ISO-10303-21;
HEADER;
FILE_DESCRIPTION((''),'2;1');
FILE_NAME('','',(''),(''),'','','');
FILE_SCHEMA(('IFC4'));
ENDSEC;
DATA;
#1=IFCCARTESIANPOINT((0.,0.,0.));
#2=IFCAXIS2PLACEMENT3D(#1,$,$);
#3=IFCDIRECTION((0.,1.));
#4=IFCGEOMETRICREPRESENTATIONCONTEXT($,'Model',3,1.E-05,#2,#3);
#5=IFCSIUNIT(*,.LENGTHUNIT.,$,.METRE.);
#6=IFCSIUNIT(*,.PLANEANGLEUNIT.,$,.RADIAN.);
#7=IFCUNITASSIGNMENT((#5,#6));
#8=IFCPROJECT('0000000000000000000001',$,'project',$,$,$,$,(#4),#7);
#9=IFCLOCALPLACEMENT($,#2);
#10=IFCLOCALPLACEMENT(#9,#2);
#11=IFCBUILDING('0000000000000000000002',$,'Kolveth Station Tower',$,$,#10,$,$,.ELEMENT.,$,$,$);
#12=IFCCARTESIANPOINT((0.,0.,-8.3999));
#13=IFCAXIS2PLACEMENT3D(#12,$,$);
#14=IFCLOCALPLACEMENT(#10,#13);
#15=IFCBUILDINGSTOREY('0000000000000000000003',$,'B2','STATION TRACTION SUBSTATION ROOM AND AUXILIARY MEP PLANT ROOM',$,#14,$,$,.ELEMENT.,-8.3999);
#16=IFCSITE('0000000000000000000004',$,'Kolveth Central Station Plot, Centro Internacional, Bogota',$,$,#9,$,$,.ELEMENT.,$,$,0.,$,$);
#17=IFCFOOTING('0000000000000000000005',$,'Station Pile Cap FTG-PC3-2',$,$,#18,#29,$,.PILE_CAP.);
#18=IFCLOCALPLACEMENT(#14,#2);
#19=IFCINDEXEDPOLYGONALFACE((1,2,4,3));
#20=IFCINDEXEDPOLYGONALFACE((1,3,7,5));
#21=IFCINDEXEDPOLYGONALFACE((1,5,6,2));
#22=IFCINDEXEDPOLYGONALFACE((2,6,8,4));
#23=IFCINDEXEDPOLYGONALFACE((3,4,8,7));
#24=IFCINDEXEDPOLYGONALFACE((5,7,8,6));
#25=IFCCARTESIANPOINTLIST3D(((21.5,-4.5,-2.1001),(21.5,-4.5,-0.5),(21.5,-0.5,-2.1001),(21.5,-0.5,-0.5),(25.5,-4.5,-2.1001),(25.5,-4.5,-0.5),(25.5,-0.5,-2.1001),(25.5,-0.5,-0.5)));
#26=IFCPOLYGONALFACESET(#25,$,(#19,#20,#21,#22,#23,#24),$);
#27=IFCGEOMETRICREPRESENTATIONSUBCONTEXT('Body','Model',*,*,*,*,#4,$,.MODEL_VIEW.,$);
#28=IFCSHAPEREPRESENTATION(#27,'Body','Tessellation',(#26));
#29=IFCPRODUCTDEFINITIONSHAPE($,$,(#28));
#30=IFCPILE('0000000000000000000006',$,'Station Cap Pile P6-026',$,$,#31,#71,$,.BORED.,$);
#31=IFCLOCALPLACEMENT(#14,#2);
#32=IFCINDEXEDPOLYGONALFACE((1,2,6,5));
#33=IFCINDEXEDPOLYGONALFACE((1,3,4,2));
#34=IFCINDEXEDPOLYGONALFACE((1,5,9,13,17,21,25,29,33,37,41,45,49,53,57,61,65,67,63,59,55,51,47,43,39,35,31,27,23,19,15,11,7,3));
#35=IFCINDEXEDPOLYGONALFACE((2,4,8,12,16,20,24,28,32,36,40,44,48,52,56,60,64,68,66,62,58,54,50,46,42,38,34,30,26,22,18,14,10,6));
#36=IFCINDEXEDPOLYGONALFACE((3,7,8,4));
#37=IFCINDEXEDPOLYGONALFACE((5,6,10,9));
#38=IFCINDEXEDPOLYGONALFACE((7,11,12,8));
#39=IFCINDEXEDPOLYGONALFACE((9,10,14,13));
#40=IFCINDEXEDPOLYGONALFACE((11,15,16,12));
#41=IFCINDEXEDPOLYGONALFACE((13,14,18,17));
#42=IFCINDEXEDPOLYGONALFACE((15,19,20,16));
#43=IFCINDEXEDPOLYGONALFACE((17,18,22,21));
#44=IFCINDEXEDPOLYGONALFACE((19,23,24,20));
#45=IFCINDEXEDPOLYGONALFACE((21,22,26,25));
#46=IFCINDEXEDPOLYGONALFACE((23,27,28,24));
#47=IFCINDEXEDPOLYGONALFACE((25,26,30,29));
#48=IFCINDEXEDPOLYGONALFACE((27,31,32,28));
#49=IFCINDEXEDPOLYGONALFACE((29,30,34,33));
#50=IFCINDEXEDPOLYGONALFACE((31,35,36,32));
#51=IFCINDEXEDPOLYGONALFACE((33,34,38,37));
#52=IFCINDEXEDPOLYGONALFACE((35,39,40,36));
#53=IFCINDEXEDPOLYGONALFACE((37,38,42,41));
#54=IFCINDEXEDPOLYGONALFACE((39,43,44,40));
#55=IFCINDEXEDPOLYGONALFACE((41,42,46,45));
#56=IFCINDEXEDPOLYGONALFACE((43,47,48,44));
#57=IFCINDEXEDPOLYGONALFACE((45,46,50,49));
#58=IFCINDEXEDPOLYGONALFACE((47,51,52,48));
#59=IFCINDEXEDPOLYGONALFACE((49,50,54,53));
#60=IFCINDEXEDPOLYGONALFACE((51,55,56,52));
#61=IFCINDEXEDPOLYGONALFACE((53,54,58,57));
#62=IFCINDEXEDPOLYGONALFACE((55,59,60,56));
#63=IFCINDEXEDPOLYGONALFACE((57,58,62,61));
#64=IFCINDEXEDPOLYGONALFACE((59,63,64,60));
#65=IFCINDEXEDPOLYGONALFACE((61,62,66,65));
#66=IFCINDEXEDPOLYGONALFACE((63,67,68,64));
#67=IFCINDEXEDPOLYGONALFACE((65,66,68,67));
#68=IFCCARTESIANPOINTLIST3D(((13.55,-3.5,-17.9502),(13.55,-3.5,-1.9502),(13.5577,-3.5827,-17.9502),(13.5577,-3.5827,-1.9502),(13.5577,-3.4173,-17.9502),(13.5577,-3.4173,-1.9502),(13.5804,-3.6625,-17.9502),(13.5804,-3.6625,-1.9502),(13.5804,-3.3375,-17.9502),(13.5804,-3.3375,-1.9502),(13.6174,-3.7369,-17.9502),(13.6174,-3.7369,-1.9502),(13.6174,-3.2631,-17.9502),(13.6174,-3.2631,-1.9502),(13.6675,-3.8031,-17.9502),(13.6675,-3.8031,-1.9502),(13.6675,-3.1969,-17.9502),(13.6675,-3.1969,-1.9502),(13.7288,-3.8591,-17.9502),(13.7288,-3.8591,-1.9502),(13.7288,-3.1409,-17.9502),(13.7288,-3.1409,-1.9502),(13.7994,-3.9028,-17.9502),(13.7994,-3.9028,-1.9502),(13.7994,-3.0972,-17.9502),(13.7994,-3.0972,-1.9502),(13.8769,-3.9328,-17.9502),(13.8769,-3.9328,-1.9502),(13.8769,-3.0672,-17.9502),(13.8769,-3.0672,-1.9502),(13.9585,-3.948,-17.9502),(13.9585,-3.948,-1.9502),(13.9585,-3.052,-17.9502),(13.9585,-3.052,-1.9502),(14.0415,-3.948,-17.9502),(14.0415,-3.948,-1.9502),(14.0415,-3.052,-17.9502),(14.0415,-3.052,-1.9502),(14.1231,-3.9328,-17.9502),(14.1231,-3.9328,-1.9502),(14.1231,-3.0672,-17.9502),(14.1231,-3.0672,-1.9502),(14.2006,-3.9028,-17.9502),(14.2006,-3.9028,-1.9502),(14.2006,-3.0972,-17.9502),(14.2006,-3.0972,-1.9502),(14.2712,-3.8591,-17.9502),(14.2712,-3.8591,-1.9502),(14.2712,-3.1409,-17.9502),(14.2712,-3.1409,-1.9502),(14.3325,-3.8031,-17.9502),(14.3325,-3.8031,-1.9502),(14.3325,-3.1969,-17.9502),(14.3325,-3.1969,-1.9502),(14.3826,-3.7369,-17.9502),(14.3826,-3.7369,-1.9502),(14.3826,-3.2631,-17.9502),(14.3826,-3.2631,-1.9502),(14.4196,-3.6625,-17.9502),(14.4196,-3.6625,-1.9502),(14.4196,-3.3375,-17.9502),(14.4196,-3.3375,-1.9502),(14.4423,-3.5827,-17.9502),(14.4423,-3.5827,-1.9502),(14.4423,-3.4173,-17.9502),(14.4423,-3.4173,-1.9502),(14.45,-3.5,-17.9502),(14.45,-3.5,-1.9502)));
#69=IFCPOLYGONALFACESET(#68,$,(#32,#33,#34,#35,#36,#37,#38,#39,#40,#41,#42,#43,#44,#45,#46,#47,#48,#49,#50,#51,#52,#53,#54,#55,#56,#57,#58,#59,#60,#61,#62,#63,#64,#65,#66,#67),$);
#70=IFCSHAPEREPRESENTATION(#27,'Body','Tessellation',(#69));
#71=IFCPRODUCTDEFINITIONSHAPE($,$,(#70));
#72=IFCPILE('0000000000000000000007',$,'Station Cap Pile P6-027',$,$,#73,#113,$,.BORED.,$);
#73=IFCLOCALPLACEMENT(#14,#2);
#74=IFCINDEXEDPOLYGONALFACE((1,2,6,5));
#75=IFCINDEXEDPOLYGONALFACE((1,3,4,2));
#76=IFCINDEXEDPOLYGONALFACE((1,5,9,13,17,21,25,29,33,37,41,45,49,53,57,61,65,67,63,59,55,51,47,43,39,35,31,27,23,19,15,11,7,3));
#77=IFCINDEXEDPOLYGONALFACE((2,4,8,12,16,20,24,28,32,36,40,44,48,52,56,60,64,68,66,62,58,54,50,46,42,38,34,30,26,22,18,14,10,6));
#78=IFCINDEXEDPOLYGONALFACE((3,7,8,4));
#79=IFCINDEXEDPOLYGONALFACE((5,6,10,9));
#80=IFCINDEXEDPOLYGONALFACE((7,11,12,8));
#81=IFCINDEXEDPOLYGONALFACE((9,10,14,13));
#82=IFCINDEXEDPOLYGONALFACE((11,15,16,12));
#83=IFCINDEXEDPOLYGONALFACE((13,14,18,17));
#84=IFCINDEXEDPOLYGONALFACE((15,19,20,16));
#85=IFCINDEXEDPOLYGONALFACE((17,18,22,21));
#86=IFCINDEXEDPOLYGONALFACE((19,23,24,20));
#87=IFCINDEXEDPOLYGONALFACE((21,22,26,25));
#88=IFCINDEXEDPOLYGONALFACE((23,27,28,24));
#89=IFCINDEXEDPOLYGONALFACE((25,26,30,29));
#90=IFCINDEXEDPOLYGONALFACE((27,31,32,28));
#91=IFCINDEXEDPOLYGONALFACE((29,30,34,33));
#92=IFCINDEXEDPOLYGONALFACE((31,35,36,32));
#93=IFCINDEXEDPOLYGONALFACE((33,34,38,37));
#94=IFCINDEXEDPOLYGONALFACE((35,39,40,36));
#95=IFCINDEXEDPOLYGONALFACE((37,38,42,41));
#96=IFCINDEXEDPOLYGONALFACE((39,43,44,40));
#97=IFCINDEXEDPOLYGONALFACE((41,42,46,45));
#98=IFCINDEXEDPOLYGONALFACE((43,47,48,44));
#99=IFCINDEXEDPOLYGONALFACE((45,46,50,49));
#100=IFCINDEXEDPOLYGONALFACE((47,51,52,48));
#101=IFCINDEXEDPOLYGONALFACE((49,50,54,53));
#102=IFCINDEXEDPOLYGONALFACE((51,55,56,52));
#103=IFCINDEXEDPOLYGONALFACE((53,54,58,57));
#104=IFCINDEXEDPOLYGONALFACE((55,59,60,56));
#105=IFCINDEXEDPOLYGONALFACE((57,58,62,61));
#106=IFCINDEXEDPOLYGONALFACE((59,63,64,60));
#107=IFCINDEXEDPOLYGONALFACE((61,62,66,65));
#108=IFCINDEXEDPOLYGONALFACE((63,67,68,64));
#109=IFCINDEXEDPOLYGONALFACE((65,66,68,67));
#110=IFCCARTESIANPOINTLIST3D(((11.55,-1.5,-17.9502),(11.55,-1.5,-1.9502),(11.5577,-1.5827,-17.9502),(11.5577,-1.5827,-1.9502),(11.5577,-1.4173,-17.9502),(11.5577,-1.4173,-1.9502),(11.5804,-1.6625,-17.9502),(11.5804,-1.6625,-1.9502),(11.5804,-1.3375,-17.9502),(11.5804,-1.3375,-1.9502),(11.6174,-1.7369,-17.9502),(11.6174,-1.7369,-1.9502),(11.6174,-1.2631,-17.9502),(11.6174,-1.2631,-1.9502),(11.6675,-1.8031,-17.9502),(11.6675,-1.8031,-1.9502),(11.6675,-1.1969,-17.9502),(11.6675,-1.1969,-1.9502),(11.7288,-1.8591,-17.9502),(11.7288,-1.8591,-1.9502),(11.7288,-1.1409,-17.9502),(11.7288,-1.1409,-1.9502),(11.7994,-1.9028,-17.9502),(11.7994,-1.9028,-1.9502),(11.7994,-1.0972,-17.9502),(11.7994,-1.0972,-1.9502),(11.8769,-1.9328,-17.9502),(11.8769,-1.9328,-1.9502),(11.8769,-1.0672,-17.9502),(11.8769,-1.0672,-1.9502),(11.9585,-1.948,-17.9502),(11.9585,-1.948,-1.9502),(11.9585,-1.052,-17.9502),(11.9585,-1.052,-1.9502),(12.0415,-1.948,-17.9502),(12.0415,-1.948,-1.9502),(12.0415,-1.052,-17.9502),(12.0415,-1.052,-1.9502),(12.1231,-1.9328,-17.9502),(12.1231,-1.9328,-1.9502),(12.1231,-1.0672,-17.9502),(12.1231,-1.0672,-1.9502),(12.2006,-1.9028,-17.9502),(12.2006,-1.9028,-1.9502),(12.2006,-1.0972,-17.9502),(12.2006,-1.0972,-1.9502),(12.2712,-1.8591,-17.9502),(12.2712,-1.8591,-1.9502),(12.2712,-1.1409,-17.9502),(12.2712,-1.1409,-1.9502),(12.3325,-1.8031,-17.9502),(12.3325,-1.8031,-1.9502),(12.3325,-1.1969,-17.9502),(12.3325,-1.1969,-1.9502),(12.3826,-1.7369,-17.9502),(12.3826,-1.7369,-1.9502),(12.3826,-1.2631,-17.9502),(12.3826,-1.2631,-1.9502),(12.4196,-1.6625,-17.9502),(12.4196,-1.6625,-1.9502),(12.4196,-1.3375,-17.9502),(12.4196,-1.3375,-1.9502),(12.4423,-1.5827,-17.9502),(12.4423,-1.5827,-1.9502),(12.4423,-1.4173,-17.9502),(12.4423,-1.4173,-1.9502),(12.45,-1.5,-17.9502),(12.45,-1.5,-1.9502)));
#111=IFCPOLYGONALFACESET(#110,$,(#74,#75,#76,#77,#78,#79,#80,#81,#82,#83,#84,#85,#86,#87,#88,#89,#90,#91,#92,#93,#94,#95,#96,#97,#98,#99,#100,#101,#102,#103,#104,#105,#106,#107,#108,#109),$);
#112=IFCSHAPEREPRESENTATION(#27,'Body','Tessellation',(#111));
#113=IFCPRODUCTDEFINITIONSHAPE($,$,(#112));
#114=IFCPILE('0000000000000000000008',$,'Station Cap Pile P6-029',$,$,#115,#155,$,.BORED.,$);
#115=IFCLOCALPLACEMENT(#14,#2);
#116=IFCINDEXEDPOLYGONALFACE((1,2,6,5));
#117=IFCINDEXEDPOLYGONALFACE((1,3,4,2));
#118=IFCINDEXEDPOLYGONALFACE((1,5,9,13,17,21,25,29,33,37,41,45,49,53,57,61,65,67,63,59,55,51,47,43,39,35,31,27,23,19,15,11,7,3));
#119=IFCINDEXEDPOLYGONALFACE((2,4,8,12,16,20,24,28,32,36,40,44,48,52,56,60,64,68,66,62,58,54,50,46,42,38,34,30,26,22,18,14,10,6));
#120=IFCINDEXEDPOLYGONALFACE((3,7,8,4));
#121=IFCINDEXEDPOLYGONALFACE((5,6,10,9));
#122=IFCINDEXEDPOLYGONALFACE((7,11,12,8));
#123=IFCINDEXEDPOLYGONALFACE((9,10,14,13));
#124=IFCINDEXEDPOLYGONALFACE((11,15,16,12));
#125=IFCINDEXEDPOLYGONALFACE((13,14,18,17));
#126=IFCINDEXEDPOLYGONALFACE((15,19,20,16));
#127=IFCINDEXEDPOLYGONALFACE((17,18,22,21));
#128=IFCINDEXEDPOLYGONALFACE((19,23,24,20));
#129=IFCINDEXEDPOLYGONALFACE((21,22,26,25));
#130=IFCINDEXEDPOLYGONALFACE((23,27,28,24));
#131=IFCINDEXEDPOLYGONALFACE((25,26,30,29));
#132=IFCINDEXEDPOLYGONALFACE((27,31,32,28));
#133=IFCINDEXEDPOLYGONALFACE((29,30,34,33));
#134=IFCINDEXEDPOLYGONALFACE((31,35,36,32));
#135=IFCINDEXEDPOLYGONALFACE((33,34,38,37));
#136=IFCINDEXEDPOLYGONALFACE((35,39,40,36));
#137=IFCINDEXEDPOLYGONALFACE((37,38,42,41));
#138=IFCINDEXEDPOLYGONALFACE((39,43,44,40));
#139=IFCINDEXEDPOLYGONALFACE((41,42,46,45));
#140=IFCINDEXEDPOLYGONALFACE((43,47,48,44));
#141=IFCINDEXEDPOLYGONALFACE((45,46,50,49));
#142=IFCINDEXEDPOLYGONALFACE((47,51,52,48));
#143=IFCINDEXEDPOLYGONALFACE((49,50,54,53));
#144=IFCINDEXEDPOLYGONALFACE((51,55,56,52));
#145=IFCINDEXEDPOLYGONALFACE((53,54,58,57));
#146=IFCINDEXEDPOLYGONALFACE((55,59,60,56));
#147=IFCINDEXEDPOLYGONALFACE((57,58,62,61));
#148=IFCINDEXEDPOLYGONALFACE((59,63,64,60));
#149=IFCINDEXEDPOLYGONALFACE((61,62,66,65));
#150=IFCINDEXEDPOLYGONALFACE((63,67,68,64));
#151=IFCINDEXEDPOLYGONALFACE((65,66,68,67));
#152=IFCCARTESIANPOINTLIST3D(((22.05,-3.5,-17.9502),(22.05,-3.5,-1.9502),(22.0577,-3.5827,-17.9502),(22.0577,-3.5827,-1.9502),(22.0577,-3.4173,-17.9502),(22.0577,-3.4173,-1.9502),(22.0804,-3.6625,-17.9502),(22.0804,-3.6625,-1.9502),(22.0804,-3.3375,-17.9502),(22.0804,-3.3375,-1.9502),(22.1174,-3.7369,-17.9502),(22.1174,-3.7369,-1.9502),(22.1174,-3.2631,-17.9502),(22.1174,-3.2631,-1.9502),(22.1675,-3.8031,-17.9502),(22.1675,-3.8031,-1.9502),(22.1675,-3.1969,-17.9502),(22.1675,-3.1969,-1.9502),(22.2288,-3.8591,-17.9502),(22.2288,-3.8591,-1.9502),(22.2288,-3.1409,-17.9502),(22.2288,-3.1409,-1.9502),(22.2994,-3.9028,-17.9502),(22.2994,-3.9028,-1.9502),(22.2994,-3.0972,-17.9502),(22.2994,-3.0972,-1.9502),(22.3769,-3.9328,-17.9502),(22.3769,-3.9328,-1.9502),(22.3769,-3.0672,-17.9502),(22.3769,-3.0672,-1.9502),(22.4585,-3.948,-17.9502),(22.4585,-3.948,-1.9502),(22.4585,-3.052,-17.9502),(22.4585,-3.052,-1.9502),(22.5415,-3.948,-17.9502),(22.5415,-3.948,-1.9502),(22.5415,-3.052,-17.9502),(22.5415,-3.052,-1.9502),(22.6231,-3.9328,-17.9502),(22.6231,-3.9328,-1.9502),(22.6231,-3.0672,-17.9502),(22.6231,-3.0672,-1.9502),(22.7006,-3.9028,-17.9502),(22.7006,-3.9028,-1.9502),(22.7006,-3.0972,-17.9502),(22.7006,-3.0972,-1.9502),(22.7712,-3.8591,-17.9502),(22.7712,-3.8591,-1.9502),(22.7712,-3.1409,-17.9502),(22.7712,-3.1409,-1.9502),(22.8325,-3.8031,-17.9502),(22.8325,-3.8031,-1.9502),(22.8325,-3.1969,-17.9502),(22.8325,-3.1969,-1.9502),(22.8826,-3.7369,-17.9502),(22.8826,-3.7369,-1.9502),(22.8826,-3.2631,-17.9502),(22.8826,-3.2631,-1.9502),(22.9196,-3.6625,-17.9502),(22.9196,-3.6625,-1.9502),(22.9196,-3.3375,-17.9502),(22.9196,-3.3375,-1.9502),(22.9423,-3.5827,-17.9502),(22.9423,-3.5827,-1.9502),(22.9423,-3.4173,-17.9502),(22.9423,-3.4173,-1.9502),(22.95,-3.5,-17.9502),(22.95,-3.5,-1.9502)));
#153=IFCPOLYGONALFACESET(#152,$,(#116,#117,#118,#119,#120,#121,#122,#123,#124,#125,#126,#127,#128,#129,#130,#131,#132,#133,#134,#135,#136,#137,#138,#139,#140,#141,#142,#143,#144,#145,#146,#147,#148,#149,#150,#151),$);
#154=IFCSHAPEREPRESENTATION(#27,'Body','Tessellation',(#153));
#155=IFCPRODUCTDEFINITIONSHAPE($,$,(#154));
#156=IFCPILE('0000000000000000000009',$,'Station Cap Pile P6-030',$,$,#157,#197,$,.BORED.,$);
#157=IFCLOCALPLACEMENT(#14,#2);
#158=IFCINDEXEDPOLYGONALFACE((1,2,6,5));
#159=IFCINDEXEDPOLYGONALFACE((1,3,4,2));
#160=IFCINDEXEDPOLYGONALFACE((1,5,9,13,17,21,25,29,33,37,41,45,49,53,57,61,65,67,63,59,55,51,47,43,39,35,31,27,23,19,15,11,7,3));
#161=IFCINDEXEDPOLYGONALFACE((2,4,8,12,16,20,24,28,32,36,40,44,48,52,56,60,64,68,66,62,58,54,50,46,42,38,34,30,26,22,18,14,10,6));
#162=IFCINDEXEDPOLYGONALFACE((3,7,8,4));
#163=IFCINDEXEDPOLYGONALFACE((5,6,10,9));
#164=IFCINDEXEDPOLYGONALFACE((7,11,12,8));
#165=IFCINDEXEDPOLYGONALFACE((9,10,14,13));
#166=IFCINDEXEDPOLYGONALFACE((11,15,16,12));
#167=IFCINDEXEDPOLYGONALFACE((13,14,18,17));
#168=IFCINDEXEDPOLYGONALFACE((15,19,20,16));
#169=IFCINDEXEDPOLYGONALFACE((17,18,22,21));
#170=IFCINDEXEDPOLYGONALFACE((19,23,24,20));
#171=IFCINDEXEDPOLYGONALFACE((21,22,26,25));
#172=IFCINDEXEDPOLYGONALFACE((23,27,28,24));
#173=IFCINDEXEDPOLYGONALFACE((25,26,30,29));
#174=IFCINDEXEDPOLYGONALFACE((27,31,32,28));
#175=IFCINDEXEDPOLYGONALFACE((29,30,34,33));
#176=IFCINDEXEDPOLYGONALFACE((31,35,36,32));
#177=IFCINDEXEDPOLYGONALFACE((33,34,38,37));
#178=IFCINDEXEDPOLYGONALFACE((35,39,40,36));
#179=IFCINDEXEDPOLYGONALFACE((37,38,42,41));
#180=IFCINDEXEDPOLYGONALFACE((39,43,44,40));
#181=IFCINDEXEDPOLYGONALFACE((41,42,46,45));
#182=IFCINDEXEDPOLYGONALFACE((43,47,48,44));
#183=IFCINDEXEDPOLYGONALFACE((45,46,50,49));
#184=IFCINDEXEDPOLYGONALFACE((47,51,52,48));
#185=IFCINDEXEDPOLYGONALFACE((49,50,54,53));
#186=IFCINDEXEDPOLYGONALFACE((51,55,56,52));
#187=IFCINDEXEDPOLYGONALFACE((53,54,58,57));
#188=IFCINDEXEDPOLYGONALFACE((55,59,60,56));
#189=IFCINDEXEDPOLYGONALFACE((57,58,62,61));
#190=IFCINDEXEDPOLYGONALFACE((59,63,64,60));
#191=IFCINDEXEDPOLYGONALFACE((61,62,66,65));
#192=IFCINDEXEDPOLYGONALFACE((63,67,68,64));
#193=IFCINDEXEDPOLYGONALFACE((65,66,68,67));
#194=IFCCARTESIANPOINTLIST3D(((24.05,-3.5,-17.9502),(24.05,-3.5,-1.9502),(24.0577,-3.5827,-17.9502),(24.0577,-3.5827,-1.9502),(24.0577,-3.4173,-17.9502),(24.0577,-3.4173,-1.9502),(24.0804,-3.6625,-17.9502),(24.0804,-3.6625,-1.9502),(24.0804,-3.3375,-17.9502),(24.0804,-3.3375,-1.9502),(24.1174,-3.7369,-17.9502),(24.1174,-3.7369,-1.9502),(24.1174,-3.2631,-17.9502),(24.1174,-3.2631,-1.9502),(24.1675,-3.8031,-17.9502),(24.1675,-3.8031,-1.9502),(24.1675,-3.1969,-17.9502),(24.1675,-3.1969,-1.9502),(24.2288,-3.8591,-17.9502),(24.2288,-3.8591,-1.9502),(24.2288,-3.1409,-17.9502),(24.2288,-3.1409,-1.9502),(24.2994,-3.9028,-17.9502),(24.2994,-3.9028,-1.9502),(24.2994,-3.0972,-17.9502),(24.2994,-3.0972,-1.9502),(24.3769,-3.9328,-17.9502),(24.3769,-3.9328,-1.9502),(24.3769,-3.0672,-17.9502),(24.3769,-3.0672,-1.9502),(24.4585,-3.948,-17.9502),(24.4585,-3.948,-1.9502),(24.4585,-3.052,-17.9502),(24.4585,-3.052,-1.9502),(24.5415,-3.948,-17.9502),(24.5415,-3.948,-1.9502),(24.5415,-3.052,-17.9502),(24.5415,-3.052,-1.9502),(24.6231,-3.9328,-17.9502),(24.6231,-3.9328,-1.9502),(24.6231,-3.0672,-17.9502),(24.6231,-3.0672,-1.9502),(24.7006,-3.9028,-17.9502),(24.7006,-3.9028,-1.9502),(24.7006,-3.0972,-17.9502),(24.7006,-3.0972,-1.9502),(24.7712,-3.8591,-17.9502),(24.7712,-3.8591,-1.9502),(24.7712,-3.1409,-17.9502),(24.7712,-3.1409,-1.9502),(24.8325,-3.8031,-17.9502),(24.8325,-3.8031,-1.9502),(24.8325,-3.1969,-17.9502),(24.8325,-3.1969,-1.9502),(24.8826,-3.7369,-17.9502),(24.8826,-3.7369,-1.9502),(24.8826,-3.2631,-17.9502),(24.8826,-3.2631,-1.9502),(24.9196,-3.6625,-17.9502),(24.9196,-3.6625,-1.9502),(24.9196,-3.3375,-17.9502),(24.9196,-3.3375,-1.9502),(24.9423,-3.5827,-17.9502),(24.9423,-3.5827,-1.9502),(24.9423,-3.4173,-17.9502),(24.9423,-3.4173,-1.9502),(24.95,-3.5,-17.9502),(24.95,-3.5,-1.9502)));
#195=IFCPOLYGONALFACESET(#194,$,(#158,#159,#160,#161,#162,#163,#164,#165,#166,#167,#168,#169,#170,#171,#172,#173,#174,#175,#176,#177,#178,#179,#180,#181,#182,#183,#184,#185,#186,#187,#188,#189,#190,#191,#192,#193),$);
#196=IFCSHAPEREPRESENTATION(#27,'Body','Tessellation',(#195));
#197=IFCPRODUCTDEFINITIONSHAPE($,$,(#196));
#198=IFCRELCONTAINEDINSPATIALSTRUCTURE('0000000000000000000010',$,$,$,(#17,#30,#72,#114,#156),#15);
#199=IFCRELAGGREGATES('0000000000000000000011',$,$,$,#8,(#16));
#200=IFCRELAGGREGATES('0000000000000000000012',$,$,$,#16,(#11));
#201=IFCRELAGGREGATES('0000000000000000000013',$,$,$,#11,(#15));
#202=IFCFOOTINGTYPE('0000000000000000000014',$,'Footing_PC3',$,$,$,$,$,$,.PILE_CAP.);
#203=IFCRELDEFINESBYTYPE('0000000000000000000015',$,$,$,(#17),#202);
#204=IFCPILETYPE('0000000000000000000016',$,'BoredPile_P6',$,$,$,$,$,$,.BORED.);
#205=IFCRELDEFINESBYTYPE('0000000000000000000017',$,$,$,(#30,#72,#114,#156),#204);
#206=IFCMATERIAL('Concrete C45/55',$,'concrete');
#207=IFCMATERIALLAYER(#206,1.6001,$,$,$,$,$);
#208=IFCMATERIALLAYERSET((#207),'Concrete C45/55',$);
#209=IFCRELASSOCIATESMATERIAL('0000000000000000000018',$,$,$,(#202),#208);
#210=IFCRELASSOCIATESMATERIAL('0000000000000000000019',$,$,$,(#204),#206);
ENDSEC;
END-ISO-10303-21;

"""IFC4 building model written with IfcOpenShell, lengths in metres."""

from ifc_helpers import new_model, si_unit, direction, frame, origin, origin_2d, place, context, subcontext, project, spatial, rectangle, circle, extrude, source, transform, mapped, material, layer, layer_set, material_profile, profile_set, type_object, element, save


model = new_model("IFC4")

# Units and contexts
model_context = context("Model", 3, precision=1e-05, world=origin(), true_north=direction((0.0, 1.0)))
body_context = subcontext(model_context, "Body", "Model", "MODEL_VIEW")
ifc_project = project(units=[si_unit("LENGTHUNIT", "METRE"), si_unit("PLANEANGLEUNIT", "RADIAN")], contexts=[model_context])

# Site, building, storey
site_placement = place(None, origin())
site = spatial("IfcSite", under=ifc_project, at=site_placement, Name="Kolveth Central Station Plot, Centro Internacional, Bogota", CompositionType="ELEMENT", RefElevation=0.0)
building_placement = place(site_placement, origin())
building = spatial("IfcBuilding", under=site, at=building_placement, Name="Kolveth Station Tower", CompositionType="ELEMENT")
storey_placement = place(building_placement, frame((0.0, 0.0, -8.3999)))
storey = spatial("IfcBuildingStorey", under=building, at=storey_placement, Name="B2", Description="STATION TRACTION SUBSTATION ROOM AND AUXILIARY MEP PLANT ROOM", CompositionType="ELEMENT", Elevation=-8.3999)

# Shared definitions
ifc_material_1 = material(Name="Concrete C45/55", Category="concrete")

# Footing
ifc_layer_1 = layer(ifc_material_1, 1.6001)
ifc_layer_set_1 = layer_set([ifc_layer_1], Name="Concrete C45/55")
footing_type_1 = type_object("IfcFootingType", Name="Footing_PC3", PredefinedType="PILE_CAP", material=ifc_layer_set_1)
shared_shape_1 = source(origin(), body_context, "Body", "SweptSolid", [
    extrude(rectangle(XDim=4.0, YDim=4.0, at=origin_2d()), origin(), (0.0, 0.0, 1.0), 1.6001),
])
for number, where, z_axis, x_axis, name in (
    (1, (23.5, -2.5, -2.1001), (0.0, 0.0, 1.0), (1.0, 0.0, 0.0), "Station Pile Cap FTG-PC3-2"),
):
    element("IfcFooting", number, at=place(storey_placement, frame(where, z_axis=z_axis, x_axis=x_axis)), inside=storey, type_object=footing_type_1, Name=name, PredefinedType="PILE_CAP", context=body_context, shape_type="MappedRepresentation", body=[
        mapped(shared_shape_1, transform((0.0, 0.0, 0.0), x_axis=(1.0, 0.0, 0.0), y_axis=(0.0, 1.0, 0.0), z_axis=(0.0, 0.0, 1.0), scale=1.0)),
    ])

# Piles
ifc_material_profile_1 = material_profile(ifc_material_1, circle(Radius=0.45, at=origin_2d()), Name="PILE-D900")
ifc_profile_set_1 = profile_set([ifc_material_profile_1], Name="Concrete C45/55")
pile_type_1 = type_object("IfcPileType", Name="BoredPile_P6", PredefinedType="BORED", material=ifc_profile_set_1)
shared_shape_2 = source(origin(), body_context, "Body", "SweptSolid", [
    extrude(circle(Radius=0.45, at=origin_2d()), origin(), (0.0, 0.0, 1.0), 16.0),
])
for number, where, z_axis, x_axis, name in (
    (2, (14.0, -3.5, -1.9502), (0.0, 0.0, -1.0), (1.0, 0.0, 0.0), "Station Cap Pile P6-026"),
    (3, (12.0, -1.5, -1.9502), (0.0, 0.0, -1.0), (1.0, 0.0, 0.0), "Station Cap Pile P6-027"),
    (4, (22.5, -3.5, -1.9502), (0.0, 0.0, -1.0), (1.0, 0.0, 0.0), "Station Cap Pile P6-029"),
    (5, (24.5, -3.5, -1.9502), (0.0, 0.0, -1.0), (1.0, 0.0, 0.0), "Station Cap Pile P6-030"),
):
    element("IfcPile", number, at=place(storey_placement, frame(where, z_axis=z_axis, x_axis=x_axis)), inside=storey, type_object=pile_type_1, Name=name, PredefinedType="BORED", context=body_context, shape_type="MappedRepresentation", body=[
        mapped(shared_shape_2, transform((0.0, 0.0, 0.0), x_axis=(1.0, 0.0, 0.0), y_axis=(0.0, 1.0, 0.0), z_axis=(0.0, 0.0, 1.0), scale=1.0)),
    ])

save(model, "model.ifc")
